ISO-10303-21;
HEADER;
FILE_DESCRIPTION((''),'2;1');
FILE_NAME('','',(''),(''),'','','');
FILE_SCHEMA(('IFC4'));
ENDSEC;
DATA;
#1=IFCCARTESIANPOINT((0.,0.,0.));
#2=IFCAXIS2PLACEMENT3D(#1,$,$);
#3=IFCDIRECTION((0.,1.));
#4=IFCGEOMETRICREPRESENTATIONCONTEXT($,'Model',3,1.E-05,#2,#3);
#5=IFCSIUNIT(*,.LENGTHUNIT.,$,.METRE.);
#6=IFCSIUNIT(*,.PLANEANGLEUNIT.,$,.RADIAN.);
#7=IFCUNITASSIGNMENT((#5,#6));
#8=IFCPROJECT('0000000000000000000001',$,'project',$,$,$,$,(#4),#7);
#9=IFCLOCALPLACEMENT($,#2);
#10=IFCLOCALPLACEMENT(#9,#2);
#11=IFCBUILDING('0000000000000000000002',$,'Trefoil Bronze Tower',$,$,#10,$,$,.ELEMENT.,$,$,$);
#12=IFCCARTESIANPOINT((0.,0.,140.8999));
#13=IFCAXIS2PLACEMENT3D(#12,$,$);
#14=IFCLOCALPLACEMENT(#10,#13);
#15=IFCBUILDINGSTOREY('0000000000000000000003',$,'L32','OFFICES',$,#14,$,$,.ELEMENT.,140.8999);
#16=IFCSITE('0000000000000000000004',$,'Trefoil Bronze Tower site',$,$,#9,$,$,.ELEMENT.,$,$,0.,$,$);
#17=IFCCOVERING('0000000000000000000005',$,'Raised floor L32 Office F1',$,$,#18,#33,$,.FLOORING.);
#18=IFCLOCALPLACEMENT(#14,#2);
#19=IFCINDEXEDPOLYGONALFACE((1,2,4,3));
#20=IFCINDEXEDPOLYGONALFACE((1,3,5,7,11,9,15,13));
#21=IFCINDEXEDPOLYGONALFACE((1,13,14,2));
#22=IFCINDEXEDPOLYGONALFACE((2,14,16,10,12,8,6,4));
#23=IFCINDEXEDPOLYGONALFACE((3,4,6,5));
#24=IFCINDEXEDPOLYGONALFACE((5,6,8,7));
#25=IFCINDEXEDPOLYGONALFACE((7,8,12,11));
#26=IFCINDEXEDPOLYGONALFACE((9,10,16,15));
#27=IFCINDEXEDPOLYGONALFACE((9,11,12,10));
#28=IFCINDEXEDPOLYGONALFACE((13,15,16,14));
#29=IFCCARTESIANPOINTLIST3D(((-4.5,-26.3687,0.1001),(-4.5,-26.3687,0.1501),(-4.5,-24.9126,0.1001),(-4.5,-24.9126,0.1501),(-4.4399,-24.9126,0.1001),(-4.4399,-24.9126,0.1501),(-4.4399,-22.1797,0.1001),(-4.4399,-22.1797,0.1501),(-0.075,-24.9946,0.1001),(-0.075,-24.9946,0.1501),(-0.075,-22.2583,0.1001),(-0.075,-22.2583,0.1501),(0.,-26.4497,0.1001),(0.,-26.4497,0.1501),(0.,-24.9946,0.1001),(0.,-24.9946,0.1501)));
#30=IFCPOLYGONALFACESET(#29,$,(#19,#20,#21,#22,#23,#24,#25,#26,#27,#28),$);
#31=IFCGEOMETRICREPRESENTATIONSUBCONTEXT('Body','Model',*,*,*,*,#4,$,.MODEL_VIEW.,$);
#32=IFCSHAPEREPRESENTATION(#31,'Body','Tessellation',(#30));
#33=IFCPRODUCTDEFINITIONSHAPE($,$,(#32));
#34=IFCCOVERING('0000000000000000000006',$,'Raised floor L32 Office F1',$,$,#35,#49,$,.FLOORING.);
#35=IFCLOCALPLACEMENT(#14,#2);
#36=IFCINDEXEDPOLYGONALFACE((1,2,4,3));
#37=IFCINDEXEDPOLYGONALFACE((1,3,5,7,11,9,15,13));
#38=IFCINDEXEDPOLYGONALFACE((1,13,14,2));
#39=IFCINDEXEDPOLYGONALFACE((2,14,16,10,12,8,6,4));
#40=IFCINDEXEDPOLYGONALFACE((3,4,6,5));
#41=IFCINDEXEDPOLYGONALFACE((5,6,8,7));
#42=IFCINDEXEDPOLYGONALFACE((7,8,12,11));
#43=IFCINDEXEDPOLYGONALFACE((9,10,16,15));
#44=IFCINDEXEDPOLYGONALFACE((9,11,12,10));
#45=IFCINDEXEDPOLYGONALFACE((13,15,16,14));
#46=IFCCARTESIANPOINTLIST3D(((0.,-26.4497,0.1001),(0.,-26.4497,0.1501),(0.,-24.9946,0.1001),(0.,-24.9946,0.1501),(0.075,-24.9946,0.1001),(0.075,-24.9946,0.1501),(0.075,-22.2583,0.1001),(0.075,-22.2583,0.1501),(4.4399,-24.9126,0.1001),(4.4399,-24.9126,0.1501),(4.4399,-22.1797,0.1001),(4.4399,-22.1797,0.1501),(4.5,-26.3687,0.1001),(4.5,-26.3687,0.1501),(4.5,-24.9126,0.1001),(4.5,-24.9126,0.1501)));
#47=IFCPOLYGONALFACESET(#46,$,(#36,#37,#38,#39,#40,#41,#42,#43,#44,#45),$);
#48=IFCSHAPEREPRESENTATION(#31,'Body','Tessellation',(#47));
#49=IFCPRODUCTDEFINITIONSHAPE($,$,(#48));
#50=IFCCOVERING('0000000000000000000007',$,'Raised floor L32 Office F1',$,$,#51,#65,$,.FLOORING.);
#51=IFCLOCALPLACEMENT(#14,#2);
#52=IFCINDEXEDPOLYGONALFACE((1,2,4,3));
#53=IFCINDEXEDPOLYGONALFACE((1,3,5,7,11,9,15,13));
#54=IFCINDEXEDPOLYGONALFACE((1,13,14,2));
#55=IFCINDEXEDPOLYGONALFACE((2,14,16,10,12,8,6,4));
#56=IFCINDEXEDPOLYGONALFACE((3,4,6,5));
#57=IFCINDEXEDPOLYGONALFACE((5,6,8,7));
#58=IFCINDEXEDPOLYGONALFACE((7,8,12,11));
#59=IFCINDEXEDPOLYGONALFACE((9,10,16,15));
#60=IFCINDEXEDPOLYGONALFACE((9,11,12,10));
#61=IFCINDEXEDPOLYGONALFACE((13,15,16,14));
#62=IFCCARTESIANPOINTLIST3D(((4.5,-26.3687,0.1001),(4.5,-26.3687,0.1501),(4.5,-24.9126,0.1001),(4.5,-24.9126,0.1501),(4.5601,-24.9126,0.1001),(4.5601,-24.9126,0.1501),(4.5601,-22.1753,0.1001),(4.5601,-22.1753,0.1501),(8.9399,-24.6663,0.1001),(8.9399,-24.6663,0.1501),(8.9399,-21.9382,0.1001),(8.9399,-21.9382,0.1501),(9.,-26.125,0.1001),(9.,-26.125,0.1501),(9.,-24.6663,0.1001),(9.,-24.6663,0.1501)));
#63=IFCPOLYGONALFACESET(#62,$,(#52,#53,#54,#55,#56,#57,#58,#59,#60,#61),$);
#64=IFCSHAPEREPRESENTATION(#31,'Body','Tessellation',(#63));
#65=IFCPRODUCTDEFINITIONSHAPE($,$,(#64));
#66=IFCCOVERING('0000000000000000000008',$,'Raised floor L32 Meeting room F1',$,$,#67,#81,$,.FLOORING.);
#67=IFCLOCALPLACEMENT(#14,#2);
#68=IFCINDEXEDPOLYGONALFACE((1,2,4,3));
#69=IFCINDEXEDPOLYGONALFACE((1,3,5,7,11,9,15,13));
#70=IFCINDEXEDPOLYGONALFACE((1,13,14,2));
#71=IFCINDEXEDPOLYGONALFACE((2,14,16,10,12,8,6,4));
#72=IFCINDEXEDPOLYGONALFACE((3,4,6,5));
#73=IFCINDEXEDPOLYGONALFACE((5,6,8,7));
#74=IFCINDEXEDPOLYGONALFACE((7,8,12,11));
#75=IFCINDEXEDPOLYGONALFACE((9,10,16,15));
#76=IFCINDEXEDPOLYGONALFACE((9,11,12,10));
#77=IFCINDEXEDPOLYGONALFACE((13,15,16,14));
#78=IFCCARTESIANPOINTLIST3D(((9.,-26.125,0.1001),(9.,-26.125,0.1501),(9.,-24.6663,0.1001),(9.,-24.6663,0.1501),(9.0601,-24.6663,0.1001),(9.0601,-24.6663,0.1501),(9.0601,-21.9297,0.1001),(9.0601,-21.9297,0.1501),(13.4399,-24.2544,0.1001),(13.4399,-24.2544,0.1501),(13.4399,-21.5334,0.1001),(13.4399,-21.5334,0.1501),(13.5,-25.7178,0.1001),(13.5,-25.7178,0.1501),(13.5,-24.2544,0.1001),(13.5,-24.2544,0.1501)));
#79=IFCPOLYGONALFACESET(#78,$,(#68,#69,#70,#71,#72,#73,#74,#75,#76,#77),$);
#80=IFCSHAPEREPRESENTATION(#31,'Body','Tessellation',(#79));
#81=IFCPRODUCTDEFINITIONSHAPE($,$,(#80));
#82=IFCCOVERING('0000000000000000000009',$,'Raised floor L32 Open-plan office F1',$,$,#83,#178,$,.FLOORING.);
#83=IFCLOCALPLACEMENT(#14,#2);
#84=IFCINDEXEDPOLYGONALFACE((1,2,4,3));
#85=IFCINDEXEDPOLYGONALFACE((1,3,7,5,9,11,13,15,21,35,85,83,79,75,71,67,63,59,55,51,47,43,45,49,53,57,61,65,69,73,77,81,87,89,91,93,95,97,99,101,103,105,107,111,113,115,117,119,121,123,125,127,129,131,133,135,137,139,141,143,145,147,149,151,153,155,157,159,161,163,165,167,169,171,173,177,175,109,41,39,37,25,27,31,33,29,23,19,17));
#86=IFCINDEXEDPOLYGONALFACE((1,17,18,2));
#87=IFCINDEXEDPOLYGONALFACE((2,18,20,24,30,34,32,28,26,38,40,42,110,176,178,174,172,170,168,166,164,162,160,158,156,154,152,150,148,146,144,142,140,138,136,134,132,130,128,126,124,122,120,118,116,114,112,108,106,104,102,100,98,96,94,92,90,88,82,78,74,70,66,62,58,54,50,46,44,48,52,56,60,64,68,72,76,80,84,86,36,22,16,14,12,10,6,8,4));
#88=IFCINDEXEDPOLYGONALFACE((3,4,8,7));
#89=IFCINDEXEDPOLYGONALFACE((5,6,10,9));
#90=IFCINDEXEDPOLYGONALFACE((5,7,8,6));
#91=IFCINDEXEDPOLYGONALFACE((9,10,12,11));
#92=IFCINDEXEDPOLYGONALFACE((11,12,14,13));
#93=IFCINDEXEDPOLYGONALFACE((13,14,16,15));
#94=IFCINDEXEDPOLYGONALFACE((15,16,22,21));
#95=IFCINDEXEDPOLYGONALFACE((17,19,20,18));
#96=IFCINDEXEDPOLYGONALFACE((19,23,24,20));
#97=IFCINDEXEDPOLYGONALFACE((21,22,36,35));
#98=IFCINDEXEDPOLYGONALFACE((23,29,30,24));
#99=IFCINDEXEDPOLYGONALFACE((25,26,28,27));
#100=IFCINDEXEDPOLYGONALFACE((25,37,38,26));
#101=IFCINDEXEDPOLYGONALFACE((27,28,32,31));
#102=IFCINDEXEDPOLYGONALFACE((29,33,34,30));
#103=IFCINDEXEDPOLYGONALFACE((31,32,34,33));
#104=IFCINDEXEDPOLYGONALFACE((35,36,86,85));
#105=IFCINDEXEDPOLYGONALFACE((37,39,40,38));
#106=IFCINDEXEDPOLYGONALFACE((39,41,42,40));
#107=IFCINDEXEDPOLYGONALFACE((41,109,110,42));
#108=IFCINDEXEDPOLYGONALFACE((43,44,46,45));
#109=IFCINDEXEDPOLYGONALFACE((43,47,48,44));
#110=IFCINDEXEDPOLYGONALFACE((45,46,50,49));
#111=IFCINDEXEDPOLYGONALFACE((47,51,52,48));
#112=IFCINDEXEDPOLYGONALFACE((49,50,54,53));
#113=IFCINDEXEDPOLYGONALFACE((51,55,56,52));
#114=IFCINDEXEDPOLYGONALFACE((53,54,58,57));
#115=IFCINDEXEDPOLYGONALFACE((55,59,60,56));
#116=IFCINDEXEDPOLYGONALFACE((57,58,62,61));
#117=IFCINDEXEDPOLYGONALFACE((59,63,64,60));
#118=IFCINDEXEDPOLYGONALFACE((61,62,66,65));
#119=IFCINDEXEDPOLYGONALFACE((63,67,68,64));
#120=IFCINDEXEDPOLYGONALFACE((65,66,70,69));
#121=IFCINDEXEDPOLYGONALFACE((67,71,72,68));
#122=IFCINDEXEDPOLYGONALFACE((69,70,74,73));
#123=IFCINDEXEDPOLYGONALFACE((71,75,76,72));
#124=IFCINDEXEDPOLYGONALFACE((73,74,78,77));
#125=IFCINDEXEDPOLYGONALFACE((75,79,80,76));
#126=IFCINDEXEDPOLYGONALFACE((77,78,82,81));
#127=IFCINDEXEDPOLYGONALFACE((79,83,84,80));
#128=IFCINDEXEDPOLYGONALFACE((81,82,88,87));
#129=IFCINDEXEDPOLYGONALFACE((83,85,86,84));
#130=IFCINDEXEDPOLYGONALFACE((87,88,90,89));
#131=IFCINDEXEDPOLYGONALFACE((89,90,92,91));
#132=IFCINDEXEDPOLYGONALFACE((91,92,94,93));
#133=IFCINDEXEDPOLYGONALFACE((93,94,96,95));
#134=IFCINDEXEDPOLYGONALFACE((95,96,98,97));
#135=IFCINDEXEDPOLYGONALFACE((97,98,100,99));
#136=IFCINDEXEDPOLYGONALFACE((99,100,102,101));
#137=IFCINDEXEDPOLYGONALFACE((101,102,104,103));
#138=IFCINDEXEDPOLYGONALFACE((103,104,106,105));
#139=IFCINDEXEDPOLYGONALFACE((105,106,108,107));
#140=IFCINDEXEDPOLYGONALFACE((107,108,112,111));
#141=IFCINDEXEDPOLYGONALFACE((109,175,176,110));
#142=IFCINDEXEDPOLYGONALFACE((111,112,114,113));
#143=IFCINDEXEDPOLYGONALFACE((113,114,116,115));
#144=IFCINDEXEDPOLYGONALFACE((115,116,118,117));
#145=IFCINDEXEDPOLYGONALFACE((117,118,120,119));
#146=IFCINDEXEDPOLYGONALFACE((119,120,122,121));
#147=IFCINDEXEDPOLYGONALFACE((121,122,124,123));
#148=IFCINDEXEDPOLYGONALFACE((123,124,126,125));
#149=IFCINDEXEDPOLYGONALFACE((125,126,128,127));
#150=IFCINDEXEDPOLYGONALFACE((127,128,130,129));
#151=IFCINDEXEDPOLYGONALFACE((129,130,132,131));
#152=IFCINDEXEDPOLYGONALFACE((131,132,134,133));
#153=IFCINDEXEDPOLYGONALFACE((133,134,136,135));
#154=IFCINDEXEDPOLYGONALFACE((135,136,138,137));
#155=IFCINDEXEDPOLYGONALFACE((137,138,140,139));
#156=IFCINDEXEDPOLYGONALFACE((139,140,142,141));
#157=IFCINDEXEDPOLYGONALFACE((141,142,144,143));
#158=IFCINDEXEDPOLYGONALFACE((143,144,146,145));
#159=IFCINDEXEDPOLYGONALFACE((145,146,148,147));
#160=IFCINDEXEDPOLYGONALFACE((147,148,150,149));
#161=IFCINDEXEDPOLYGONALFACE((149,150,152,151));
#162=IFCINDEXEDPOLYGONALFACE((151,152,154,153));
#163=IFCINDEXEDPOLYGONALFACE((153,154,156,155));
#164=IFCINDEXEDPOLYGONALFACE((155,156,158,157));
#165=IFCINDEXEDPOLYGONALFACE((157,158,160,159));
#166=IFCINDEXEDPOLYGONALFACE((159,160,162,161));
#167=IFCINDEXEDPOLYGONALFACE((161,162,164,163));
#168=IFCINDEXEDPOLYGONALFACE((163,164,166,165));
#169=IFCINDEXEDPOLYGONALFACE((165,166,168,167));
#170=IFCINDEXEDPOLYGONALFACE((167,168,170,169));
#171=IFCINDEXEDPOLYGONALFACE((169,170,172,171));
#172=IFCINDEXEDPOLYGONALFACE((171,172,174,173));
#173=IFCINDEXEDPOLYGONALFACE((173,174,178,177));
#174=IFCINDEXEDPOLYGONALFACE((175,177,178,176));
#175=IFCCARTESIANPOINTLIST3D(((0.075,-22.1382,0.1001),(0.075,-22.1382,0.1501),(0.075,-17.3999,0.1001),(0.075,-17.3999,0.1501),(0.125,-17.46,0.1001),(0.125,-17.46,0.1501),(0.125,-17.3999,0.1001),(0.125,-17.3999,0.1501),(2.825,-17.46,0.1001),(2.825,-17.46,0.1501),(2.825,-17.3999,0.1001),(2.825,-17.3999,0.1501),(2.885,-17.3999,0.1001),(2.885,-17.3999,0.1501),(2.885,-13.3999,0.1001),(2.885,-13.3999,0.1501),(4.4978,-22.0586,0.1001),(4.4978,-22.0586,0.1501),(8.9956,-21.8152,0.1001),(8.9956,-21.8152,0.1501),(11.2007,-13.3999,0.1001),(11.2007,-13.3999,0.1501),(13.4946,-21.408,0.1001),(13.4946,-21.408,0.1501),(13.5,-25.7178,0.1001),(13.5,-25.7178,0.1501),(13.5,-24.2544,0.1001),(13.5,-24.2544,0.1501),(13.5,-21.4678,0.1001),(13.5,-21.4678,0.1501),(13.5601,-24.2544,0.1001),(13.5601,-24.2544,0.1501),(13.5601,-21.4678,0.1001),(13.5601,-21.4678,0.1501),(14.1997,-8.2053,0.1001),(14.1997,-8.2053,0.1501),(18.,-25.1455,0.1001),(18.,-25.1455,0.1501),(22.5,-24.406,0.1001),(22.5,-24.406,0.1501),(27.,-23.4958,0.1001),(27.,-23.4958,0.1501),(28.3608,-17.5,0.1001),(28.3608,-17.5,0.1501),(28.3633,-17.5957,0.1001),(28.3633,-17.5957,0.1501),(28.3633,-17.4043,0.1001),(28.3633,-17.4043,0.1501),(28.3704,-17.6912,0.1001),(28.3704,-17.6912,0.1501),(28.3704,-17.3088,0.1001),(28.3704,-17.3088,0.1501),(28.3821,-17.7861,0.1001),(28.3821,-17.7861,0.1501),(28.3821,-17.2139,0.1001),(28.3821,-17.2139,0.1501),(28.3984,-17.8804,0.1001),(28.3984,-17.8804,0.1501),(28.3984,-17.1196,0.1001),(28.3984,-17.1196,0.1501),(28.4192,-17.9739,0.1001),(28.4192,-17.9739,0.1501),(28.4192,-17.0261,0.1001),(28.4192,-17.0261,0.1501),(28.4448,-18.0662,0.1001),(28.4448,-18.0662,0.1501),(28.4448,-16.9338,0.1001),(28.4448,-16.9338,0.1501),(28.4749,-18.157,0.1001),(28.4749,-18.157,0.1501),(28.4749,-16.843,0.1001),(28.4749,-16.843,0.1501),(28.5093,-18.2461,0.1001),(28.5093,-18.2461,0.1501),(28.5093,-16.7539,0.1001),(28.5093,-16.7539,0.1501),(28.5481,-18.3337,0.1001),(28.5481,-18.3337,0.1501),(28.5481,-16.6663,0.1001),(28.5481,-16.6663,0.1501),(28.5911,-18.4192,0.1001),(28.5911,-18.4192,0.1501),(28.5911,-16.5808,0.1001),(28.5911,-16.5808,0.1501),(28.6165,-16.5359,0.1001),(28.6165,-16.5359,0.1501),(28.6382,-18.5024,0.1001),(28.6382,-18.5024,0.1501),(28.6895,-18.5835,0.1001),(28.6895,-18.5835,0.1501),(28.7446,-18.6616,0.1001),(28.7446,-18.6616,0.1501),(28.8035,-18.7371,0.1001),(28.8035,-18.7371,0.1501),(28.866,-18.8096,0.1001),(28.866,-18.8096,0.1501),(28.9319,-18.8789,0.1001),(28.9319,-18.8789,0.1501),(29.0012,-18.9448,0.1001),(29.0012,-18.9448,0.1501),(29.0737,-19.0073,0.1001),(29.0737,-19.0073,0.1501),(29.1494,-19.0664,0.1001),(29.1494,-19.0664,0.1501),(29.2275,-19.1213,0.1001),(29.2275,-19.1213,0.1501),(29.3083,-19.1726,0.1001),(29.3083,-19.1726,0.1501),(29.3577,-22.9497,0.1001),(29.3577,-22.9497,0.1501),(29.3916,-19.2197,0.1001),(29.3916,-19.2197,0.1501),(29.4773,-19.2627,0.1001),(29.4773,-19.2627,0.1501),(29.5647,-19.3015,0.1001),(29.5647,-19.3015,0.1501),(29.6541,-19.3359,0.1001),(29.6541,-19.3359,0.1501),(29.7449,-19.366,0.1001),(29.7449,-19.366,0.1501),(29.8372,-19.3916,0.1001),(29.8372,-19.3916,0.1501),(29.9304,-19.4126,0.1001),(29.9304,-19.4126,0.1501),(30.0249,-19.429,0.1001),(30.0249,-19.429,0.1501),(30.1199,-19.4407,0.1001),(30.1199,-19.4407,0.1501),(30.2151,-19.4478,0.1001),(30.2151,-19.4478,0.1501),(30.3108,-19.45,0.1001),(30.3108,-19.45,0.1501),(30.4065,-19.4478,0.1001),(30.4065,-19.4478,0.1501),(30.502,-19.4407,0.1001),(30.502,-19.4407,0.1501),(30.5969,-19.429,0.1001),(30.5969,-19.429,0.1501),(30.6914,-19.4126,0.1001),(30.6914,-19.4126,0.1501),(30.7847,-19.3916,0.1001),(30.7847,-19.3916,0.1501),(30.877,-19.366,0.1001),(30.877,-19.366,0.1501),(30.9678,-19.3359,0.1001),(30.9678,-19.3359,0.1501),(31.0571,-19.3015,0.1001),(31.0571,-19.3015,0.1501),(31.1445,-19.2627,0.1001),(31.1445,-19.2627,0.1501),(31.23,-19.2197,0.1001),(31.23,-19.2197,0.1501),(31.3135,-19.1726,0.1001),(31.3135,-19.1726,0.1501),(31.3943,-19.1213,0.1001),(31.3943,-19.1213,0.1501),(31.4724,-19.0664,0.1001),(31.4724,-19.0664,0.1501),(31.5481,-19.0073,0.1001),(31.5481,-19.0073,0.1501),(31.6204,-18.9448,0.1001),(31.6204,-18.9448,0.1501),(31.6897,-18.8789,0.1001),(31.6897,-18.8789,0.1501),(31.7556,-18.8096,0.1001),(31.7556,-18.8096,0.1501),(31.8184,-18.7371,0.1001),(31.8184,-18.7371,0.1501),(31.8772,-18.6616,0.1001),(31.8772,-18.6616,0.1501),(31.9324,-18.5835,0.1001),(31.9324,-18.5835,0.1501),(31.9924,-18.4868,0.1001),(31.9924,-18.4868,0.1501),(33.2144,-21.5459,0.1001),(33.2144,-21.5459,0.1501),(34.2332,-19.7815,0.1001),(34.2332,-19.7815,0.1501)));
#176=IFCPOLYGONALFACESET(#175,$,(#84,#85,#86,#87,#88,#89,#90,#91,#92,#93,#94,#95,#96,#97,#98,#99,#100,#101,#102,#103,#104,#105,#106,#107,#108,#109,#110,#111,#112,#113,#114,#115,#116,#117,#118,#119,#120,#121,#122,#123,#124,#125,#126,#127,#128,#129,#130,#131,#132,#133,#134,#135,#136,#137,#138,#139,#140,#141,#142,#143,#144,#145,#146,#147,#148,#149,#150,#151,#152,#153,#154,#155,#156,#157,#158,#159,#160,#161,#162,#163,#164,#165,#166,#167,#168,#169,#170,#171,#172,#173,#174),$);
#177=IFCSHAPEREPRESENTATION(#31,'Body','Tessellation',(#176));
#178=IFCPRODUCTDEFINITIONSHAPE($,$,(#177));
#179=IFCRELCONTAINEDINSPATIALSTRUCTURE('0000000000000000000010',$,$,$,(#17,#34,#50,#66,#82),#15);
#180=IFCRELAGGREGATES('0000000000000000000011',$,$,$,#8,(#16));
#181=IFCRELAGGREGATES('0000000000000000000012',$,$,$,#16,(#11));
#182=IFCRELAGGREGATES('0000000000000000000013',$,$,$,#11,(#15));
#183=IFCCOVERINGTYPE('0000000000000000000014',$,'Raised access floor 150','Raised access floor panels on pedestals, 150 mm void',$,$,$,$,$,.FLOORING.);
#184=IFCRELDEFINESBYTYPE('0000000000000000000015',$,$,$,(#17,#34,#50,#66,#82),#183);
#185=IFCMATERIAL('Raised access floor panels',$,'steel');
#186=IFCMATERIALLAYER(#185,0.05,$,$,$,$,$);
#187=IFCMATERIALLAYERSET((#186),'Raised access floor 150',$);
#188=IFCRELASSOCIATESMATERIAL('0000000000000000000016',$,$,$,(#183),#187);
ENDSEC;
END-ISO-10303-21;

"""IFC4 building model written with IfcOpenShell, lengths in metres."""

from ifc_helpers import new_model, si_unit, direction, frame, origin, place, context, subcontext, project, spatial, polyline, outline, extrude, material, layer, layer_set, type_object, element, save


model = new_model("IFC4")

# Units and contexts
model_context = context("Model", 3, precision=1e-05, world=origin(), true_north=direction((0.0, 1.0)))
body_context = subcontext(model_context, "Body", "Model", "MODEL_VIEW")
ifc_project = project(units=[si_unit("LENGTHUNIT", "METRE"), si_unit("PLANEANGLEUNIT", "RADIAN")], contexts=[model_context])

# Site, building, storey
site_placement = place(None, origin())
site = spatial("IfcSite", under=ifc_project, at=site_placement, Name="Trefoil Bronze Tower site", CompositionType="ELEMENT", RefElevation=0.0)
building_placement = place(site_placement, origin())
building = spatial("IfcBuilding", under=site, at=building_placement, Name="Trefoil Bronze Tower", CompositionType="ELEMENT")
storey_placement = place(building_placement, frame((0.0, 0.0, 140.8999)))
storey = spatial("IfcBuildingStorey", under=building, at=storey_placement, Name="L32", Description="OFFICES", CompositionType="ELEMENT", Elevation=140.8999)

# Coverings
ifc_material_1 = material(Name="Raised access floor panels", Category="steel")
ifc_layer_1 = layer(ifc_material_1, 0.05)
ifc_layer_set_1 = layer_set([ifc_layer_1], Name="Raised access floor 150")
covering_type_1 = type_object("IfcCoveringType", Name="Raised access floor 150", Description="Raised access floor panels on pedestals, 150 mm void", PredefinedType="FLOORING", material=ifc_layer_set_1)
covering_1_placement = place(storey_placement, frame((0.0, 0.0, 0.1001)))
element("IfcCovering", 1, at=covering_1_placement, inside=storey, type_object=covering_type_1, Name="Raised floor L32 Office F1", PredefinedType="FLOORING", context=body_context, shape_type="SweptSolid", body=[
    extrude(outline(polyline([(0.0, -26.4497), (-4.5, -26.3687), (-4.5, -24.9126), (-4.4399, -24.9126), (-4.4399, -22.1797), (-0.075, -22.2583), (-0.075, -24.9946), (0.0, -24.9946), (0.0, -26.4497)])), origin(), (0.0, 0.0, 1.0), 0.05),
])
covering_2_placement = place(storey_placement, frame((0.0, 0.0, 0.1001)))
element("IfcCovering", 2, at=covering_2_placement, inside=storey, type_object=covering_type_1, Name="Raised floor L32 Office F1", PredefinedType="FLOORING", context=body_context, shape_type="SweptSolid", body=[
    extrude(outline(polyline([(4.5, -26.3687), (0.0, -26.4497), (0.0, -24.9946), (0.075, -24.9946), (0.075, -22.2583), (4.4399, -22.1797), (4.4399, -24.9126), (4.5, -24.9126), (4.5, -26.3687)])), origin(), (0.0, 0.0, 1.0), 0.05),
])
covering_3_placement = place(storey_placement, frame((0.0, 0.0, 0.1001)))
element("IfcCovering", 3, at=covering_3_placement, inside=storey, type_object=covering_type_1, Name="Raised floor L32 Office F1", PredefinedType="FLOORING", context=body_context, shape_type="SweptSolid", body=[
    extrude(outline(polyline([(9.0, -26.125), (4.5, -26.3687), (4.5, -24.9126), (4.5601, -24.9126), (4.5601, -22.1753), (8.9399, -21.9382), (8.9399, -24.6663), (9.0, -24.6663), (9.0, -26.125)])), origin(), (0.0, 0.0, 1.0), 0.05),
])
covering_4_placement = place(storey_placement, frame((0.0, 0.0, 0.1001)))
element("IfcCovering", 4, at=covering_4_placement, inside=storey, type_object=covering_type_1, Name="Raised floor L32 Meeting room F1", PredefinedType="FLOORING", context=body_context, shape_type="SweptSolid", body=[
    extrude(outline(polyline([(13.5, -25.7178), (9.0, -26.125), (9.0, -24.6663), (9.0601, -24.6663), (9.0601, -21.9297), (13.4399, -21.5334), (13.4399, -24.2544), (13.5, -24.2544), (13.5, -25.7178)])), origin(), (0.0, 0.0, 1.0), 0.05),
])
covering_5_placement = place(storey_placement, frame((0.0, 0.0, 0.1001)))
element("IfcCovering", 5, at=covering_5_placement, inside=storey, type_object=covering_type_1, Name="Raised floor L32 Open-plan office F1", PredefinedType="FLOORING", context=body_context, shape_type="SweptSolid", body=[
    extrude(outline(polyline([(13.5, -24.2544), (13.5601, -24.2544), (13.5601, -21.4678), (13.5, -21.4678), (13.4946, -21.408), (8.9956, -21.8152), (4.4978, -22.0586), (0.075, -22.1382), (0.075, -17.3999), (0.125, -17.3999), (0.125, -17.46), (2.825, -17.46), (2.825, -17.3999), (2.885, -17.3999), (2.885, -13.3999), (11.2007, -13.3999), (14.1997, -8.2053), (28.6165, -16.5359), (28.5911, -16.5808), (28.5481, -16.6663), (28.5093, -16.7539), (28.4749, -16.843), (28.4448, -16.9338), (28.4192, -17.0261), (28.3984, -17.1196), (28.3821, -17.2139), (28.3704, -17.3088), (28.3633, -17.4043), (28.3608, -17.5), (28.3633, -17.5957), (28.3704, -17.6912), (28.3821, -17.7861), (28.3984, -17.8804), (28.4192, -17.9739), (28.4448, -18.0662), (28.4749, -18.157), (28.5093, -18.2461), (28.5481, -18.3337), (28.5911, -18.4192), (28.6382, -18.5024), (28.6895, -18.5835), (28.7446, -18.6616), (28.8035, -18.7371), (28.866, -18.8096), (28.9319, -18.8789), (29.0012, -18.9448), (29.0737, -19.0073), (29.1494, -19.0664), (29.2275, -19.1213), (29.3083, -19.1726), (29.3916, -19.2197), (29.4773, -19.2627), (29.5647, -19.3015), (29.6541, -19.3359), (29.7449, -19.366), (29.8372, -19.3916), (29.9304, -19.4126), (30.0249, -19.429), (30.1199, -19.4407), (30.2151, -19.4478), (30.3108, -19.45), (30.4065, -19.4478), (30.502, -19.4407), (30.5969, -19.429), (30.6914, -19.4126), (30.7847, -19.3916), (30.877, -19.366), (30.9678, -19.3359), (31.0571, -19.3015), (31.1445, -19.2627), (31.23, -19.2197), (31.3135, -19.1726), (31.3943, -19.1213), (31.4724, -19.0664), (31.5481, -19.0073), (31.6204, -18.9448), (31.6897, -18.8789), (31.7556, -18.8096), (31.8184, -18.7371), (31.8772, -18.6616), (31.9324, -18.5835), (31.9924, -18.4868), (34.2332, -19.7815), (33.2144, -21.5459), (29.3577, -22.9497), (27.0, -23.4958), (22.5, -24.406), (18.0, -25.1455), (13.5, -25.7178), (13.5, -24.2544)])), origin(), (0.0, 0.0, 1.0), 0.05),
])

save(model, "model.ifc")
